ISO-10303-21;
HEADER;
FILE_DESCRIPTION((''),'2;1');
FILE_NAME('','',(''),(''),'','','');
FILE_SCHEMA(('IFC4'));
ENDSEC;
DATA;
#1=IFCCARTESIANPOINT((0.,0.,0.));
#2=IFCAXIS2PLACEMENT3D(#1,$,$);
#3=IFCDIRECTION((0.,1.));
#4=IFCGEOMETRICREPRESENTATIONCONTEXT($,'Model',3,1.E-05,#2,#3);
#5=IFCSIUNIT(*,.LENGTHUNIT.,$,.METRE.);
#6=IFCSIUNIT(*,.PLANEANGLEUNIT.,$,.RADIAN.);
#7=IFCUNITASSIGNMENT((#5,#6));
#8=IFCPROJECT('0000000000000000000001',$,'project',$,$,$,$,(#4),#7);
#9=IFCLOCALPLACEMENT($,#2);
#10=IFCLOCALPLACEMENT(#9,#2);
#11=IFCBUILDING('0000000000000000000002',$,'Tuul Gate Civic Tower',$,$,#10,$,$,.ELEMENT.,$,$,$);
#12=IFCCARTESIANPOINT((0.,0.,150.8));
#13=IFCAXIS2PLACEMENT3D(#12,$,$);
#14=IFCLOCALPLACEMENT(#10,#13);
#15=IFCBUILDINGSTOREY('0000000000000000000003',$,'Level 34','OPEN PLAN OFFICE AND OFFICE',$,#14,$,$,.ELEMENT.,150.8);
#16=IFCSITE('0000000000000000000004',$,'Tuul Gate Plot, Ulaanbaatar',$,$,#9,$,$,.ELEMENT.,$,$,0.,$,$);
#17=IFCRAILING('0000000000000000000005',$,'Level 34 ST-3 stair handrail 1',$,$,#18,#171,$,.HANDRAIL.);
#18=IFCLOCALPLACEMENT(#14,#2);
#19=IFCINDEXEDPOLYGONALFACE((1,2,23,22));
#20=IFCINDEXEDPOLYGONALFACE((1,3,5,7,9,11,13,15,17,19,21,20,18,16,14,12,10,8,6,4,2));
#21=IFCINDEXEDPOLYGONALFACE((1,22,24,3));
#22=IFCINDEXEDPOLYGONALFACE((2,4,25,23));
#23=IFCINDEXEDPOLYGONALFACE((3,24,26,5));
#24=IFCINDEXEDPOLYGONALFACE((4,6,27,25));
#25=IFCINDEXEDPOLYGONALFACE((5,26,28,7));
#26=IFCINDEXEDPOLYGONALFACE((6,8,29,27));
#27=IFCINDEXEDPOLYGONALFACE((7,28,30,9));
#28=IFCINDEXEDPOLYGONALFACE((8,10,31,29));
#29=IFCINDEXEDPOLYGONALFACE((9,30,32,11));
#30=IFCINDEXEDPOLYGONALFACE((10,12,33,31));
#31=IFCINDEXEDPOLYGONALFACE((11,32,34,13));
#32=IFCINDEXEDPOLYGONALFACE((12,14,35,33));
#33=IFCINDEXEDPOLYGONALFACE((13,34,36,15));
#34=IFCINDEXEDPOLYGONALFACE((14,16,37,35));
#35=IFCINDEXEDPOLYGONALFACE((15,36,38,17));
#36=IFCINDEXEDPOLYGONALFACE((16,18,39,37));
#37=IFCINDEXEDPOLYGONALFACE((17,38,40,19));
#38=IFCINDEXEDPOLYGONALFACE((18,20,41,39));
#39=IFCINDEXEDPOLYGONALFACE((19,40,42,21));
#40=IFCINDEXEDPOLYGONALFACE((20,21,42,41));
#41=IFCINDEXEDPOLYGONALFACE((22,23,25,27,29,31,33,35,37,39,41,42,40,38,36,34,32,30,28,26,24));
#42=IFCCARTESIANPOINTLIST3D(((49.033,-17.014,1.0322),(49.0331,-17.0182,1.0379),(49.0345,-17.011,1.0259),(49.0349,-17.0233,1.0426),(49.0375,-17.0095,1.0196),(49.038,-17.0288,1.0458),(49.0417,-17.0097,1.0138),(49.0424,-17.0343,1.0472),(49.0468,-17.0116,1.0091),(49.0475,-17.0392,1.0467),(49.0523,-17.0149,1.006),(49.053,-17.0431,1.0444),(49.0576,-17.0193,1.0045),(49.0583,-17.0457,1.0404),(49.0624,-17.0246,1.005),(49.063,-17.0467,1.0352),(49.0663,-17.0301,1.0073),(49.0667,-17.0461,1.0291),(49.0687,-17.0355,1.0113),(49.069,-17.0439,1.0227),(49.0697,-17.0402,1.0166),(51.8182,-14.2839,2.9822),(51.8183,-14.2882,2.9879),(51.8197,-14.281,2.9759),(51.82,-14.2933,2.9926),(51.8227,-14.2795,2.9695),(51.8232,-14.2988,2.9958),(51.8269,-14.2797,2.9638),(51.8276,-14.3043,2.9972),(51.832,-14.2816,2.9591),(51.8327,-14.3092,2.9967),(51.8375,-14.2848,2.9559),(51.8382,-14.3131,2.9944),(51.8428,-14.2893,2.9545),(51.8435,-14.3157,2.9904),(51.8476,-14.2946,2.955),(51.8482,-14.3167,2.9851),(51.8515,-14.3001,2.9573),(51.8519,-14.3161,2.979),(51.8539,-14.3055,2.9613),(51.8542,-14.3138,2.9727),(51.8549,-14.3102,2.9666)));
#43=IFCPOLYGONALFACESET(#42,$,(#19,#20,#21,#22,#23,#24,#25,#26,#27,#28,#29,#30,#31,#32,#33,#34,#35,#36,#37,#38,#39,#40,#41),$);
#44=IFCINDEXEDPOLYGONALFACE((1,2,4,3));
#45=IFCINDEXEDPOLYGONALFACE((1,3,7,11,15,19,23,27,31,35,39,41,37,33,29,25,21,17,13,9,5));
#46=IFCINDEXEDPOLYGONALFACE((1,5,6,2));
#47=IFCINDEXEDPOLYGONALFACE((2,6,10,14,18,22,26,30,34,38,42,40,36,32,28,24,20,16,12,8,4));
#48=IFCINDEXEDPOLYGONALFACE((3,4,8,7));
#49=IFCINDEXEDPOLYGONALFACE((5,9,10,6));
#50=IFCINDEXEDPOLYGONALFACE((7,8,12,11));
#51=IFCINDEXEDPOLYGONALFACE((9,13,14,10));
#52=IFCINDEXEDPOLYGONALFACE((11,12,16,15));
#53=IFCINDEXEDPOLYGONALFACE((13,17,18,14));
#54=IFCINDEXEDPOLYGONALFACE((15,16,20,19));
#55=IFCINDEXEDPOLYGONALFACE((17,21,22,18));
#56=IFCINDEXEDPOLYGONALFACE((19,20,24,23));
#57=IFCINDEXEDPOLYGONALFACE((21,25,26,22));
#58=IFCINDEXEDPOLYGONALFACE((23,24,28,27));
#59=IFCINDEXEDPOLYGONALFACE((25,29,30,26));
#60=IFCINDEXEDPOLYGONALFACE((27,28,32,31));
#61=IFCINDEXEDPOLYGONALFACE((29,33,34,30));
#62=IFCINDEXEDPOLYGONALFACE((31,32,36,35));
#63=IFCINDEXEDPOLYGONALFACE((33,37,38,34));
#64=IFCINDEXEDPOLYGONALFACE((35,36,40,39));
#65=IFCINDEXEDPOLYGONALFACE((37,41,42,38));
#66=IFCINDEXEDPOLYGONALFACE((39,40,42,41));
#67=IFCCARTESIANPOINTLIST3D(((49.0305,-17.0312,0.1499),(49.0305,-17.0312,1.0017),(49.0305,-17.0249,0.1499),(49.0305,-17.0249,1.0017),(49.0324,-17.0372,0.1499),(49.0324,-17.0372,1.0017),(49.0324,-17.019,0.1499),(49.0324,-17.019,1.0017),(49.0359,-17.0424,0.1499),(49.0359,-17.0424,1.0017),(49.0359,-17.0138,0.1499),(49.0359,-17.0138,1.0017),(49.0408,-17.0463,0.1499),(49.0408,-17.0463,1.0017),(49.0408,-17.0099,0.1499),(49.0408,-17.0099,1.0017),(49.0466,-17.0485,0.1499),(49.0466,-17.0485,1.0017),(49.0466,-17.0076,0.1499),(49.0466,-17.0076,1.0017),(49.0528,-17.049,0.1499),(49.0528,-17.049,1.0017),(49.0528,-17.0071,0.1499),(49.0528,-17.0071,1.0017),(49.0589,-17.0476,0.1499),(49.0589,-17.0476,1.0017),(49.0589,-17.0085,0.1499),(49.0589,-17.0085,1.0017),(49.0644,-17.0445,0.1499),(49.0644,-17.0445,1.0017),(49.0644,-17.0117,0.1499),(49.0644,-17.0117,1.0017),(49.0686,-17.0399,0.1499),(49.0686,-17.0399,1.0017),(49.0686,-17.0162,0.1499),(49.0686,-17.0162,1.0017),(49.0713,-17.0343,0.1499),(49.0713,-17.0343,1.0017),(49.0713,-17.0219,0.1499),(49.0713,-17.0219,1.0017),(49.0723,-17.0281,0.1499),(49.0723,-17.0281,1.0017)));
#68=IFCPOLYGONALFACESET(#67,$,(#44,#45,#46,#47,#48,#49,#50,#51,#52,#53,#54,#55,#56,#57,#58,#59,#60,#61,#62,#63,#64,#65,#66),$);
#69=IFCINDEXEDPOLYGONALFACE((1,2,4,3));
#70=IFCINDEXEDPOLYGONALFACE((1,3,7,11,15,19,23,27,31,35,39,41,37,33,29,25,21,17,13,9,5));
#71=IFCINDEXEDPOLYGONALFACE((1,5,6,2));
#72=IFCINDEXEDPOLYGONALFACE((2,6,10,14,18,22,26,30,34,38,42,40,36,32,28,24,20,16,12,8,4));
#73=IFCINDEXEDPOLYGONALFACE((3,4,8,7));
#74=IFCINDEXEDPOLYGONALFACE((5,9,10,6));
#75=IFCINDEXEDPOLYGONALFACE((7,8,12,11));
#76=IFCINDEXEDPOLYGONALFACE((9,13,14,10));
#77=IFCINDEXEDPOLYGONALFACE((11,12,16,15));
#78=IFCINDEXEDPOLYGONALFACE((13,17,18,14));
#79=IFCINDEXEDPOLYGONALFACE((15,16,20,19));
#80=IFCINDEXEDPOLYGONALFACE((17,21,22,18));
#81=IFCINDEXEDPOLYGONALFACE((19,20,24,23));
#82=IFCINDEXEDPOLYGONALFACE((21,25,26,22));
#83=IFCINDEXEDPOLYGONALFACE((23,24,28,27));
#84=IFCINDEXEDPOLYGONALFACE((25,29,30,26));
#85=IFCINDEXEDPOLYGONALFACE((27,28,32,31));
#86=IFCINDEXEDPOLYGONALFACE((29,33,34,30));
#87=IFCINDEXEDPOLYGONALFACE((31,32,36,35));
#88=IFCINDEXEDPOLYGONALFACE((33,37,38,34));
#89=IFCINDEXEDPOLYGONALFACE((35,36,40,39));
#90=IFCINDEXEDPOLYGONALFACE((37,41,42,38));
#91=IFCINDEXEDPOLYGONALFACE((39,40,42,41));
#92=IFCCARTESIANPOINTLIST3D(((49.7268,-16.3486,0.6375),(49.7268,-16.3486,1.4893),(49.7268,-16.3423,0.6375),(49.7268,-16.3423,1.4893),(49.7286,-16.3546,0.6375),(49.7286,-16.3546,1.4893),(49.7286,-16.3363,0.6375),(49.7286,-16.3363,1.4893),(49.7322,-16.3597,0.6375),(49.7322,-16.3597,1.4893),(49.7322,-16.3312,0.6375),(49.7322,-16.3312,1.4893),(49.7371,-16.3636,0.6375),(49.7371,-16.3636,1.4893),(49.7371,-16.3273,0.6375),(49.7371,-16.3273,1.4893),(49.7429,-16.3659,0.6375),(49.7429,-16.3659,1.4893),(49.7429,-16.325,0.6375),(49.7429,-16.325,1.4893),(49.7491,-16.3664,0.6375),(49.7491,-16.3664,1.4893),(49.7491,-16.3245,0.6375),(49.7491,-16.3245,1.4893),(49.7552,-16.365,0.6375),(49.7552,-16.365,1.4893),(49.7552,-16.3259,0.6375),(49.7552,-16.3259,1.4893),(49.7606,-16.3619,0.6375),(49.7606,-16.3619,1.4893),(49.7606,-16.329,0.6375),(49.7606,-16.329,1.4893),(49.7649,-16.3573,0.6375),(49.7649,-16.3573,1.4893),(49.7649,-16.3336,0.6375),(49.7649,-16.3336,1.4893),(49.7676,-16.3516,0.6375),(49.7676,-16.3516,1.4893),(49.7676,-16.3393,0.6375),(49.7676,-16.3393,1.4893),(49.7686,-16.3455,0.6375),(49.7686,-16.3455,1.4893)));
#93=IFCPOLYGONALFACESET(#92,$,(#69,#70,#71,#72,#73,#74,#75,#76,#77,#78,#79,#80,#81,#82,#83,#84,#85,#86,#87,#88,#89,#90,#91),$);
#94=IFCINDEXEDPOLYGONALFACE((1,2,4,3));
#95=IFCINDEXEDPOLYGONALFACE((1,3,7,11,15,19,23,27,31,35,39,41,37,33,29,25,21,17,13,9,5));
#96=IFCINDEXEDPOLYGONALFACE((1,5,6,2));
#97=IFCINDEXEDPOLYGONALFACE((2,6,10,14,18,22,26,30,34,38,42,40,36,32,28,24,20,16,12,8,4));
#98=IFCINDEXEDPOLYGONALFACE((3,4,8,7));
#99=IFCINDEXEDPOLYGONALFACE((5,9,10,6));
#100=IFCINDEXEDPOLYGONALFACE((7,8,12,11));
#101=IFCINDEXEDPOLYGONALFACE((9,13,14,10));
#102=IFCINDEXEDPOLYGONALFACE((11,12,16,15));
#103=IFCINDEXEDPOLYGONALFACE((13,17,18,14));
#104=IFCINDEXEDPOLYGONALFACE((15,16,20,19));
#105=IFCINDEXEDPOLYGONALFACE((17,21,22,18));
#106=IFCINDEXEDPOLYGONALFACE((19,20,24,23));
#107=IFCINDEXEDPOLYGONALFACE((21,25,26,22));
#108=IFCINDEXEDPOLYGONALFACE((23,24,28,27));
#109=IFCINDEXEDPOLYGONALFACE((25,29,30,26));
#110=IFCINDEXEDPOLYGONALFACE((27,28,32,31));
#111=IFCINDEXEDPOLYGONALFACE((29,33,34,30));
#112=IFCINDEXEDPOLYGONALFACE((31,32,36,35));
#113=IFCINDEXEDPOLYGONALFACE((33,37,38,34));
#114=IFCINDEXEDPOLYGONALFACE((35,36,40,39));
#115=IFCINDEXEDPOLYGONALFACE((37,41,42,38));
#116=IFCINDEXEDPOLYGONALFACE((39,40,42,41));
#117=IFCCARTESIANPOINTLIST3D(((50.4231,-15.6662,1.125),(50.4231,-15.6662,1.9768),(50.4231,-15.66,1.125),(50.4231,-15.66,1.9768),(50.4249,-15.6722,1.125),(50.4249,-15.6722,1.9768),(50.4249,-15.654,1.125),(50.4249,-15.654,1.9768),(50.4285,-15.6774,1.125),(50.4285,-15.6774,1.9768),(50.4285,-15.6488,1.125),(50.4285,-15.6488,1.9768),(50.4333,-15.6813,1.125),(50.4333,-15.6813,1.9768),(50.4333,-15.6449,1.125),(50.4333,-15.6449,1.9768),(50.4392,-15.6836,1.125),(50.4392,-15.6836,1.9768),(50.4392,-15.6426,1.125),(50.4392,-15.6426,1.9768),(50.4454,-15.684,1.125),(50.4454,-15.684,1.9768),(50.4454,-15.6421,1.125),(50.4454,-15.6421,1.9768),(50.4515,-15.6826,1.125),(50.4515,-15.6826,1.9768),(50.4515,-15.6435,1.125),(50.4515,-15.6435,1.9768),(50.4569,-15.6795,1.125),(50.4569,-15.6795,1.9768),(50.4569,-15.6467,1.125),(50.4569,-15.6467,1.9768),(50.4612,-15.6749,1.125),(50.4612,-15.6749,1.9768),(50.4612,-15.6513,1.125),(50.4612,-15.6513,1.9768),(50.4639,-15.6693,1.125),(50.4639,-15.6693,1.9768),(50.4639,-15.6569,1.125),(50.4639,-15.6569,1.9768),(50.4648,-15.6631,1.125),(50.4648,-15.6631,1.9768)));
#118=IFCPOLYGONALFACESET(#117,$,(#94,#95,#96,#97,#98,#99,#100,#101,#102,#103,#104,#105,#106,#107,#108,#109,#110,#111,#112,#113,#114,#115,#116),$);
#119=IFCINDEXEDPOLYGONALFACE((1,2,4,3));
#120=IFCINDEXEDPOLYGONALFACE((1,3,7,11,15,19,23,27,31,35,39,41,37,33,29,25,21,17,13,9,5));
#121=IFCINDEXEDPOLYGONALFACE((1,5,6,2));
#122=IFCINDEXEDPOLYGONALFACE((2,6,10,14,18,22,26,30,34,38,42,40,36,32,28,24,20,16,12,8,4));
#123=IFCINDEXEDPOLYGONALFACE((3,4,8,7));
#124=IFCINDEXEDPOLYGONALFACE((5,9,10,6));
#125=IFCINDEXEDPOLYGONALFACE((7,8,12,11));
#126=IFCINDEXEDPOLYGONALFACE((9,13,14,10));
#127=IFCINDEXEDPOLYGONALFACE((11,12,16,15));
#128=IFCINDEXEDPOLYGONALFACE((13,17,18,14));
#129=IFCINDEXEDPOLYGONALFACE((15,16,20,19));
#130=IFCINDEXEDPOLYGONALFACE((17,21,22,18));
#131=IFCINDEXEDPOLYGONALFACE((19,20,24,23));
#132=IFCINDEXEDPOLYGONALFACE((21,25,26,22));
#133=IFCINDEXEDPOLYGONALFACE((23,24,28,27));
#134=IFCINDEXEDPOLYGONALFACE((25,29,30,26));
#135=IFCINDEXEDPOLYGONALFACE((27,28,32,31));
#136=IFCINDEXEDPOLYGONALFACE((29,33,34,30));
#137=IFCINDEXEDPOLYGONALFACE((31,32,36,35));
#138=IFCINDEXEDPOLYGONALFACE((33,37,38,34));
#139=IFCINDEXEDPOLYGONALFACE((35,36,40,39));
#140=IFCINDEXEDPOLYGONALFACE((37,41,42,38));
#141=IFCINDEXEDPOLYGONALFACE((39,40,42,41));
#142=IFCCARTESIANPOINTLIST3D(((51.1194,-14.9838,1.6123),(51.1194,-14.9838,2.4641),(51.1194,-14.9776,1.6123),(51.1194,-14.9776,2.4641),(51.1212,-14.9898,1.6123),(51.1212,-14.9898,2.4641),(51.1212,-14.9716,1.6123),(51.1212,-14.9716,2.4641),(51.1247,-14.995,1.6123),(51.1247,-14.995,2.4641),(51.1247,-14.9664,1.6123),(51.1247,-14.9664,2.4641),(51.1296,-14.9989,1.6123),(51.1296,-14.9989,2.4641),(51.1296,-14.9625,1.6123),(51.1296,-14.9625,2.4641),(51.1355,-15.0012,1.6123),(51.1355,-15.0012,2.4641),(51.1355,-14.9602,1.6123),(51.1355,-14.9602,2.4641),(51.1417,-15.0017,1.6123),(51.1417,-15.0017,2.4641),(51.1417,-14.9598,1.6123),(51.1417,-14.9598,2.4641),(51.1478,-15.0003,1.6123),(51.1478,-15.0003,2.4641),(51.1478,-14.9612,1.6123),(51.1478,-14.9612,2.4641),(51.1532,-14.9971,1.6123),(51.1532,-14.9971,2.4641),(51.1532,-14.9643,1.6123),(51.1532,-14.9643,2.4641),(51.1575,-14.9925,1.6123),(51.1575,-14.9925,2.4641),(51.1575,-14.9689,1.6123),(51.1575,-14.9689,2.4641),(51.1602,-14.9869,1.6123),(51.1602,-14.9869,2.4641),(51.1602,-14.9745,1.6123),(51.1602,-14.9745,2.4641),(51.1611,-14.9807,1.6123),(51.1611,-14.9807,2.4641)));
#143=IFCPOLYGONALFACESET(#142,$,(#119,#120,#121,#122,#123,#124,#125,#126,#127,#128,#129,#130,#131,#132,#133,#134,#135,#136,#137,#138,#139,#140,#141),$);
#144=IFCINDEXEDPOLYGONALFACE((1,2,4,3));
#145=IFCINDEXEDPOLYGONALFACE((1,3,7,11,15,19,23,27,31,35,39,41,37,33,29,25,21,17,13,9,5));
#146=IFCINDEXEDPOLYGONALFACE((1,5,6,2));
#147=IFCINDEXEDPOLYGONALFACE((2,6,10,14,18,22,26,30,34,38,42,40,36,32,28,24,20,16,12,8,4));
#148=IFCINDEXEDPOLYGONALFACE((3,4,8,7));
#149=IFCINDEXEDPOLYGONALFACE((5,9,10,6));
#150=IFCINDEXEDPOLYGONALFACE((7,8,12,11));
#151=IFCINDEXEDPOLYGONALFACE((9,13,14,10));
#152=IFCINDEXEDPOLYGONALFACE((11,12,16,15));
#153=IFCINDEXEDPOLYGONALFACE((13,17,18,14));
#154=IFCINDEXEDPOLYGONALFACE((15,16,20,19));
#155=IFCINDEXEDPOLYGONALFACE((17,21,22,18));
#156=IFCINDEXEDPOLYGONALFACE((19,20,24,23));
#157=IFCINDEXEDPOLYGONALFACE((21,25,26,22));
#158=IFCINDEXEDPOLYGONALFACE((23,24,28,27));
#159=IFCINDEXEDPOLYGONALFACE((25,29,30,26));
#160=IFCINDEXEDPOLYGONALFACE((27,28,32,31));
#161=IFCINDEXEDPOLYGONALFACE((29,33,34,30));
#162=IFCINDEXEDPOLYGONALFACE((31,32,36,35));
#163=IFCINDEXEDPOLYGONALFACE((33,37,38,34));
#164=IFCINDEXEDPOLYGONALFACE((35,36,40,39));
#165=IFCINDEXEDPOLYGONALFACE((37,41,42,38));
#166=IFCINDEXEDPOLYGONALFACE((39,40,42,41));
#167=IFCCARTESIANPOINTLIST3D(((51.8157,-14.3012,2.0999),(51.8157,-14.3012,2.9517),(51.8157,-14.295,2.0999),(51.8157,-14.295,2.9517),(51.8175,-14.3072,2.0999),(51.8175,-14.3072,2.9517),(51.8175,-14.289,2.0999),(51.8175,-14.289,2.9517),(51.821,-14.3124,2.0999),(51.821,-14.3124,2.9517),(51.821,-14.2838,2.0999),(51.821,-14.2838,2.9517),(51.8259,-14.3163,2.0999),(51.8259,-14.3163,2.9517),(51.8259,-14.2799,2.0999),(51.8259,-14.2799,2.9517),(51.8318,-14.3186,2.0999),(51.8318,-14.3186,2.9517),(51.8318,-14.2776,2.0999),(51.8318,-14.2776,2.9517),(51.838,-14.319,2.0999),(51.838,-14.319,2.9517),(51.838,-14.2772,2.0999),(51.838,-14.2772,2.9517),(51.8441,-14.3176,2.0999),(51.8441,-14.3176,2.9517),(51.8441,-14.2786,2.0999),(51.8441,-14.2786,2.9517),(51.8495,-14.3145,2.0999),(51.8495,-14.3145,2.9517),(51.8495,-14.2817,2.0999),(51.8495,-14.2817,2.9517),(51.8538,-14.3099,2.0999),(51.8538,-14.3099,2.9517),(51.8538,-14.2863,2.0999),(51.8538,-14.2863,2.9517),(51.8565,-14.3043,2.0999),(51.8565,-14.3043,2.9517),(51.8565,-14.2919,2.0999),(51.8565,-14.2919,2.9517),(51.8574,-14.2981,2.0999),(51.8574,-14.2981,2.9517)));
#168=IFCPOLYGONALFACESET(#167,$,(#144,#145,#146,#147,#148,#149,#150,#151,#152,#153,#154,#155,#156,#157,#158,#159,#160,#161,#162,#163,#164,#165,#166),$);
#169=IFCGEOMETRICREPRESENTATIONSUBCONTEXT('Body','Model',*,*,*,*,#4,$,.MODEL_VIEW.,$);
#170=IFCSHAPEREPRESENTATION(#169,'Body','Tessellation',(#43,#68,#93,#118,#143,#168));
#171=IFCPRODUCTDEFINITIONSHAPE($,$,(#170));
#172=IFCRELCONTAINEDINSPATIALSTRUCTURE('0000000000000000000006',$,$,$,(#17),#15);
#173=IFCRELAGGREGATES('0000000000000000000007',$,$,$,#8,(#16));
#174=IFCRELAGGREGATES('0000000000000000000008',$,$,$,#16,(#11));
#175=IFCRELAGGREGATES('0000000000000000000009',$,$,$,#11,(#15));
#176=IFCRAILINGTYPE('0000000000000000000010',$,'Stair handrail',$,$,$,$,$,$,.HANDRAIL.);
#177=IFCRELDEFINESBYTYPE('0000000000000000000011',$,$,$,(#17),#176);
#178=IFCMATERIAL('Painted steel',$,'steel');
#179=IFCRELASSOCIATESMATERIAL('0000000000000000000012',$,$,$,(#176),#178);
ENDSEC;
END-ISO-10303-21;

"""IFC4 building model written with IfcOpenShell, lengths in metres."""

from ifc_helpers import new_model, si_unit, direction, frame, origin, origin_2d, place, context, subcontext, project, spatial, circle, extrude, material, type_object, element, save


model = new_model("IFC4")

# Units and contexts
model_context = context("Model", 3, precision=1e-05, world=origin(), true_north=direction((0.0, 1.0)))
body_context = subcontext(model_context, "Body", "Model", "MODEL_VIEW")
ifc_project = project(units=[si_unit("LENGTHUNIT", "METRE"), si_unit("PLANEANGLEUNIT", "RADIAN")], contexts=[model_context])

# Site, building, storey
site_placement = place(None, origin())
site = spatial("IfcSite", under=ifc_project, at=site_placement, Name="Tuul Gate Plot, Ulaanbaatar", CompositionType="ELEMENT", RefElevation=0.0)
building_placement = place(site_placement, origin())
building = spatial("IfcBuilding", under=site, at=building_placement, Name="Tuul Gate Civic Tower", CompositionType="ELEMENT")
storey_placement = place(building_placement, frame((0.0, 0.0, 150.8)))
storey = spatial("IfcBuildingStorey", under=building, at=storey_placement, Name="Level 34", Description="OPEN PLAN OFFICE AND OFFICE", CompositionType="ELEMENT", Elevation=150.8)

# Railing
ifc_material_1 = material(Name="Painted steel", Category="steel")
railing_type_1 = type_object("IfcRailingType", Name="Stair handrail", PredefinedType="HANDRAIL", material=ifc_material_1)
railing_1_placement = place(storey_placement, frame((49.0513, -17.0281, 0.1499)))
element("IfcRailing", 1, at=railing_1_placement, inside=storey, type_object=railing_type_1, Name="Level 34 ST-3 stair handrail 1", PredefinedType="HANDRAIL", context=body_context, shape_type="SweptSolid", body=[
    extrude(circle(Radius=0.0239, at=origin_2d()), frame((0.0, 0.0, 0.876), z_axis=(0.638754, 0.6261, 0.447206), x_axis=(-0.699998, 0.714145, 0.0)), (0.0, 0.0, 1.0), 4.3604),
    extrude(circle(Radius=0.021, at=origin_2d()), origin(), (0.0, 0.0, 1.0), 0.8518),
    extrude(circle(Radius=0.021, at=origin_2d()), frame((0.6963, 0.6826, 0.4875)), (0.0, 0.0, 1.0), 0.8518),
    extrude(circle(Radius=0.021, at=origin_2d()), frame((1.3926, 1.365, 0.9751)), (0.0, 0.0, 1.0), 0.8518),
    extrude(circle(Radius=0.021, at=origin_2d()), frame((2.0889, 2.0474, 1.4624)), (0.0, 0.0, 1.0), 0.8518),
    extrude(circle(Radius=0.021, at=origin_2d()), frame((2.7852, 2.73, 1.95)), (0.0, 0.0, 1.0), 0.8518),
])

save(model, "model.ifc")
